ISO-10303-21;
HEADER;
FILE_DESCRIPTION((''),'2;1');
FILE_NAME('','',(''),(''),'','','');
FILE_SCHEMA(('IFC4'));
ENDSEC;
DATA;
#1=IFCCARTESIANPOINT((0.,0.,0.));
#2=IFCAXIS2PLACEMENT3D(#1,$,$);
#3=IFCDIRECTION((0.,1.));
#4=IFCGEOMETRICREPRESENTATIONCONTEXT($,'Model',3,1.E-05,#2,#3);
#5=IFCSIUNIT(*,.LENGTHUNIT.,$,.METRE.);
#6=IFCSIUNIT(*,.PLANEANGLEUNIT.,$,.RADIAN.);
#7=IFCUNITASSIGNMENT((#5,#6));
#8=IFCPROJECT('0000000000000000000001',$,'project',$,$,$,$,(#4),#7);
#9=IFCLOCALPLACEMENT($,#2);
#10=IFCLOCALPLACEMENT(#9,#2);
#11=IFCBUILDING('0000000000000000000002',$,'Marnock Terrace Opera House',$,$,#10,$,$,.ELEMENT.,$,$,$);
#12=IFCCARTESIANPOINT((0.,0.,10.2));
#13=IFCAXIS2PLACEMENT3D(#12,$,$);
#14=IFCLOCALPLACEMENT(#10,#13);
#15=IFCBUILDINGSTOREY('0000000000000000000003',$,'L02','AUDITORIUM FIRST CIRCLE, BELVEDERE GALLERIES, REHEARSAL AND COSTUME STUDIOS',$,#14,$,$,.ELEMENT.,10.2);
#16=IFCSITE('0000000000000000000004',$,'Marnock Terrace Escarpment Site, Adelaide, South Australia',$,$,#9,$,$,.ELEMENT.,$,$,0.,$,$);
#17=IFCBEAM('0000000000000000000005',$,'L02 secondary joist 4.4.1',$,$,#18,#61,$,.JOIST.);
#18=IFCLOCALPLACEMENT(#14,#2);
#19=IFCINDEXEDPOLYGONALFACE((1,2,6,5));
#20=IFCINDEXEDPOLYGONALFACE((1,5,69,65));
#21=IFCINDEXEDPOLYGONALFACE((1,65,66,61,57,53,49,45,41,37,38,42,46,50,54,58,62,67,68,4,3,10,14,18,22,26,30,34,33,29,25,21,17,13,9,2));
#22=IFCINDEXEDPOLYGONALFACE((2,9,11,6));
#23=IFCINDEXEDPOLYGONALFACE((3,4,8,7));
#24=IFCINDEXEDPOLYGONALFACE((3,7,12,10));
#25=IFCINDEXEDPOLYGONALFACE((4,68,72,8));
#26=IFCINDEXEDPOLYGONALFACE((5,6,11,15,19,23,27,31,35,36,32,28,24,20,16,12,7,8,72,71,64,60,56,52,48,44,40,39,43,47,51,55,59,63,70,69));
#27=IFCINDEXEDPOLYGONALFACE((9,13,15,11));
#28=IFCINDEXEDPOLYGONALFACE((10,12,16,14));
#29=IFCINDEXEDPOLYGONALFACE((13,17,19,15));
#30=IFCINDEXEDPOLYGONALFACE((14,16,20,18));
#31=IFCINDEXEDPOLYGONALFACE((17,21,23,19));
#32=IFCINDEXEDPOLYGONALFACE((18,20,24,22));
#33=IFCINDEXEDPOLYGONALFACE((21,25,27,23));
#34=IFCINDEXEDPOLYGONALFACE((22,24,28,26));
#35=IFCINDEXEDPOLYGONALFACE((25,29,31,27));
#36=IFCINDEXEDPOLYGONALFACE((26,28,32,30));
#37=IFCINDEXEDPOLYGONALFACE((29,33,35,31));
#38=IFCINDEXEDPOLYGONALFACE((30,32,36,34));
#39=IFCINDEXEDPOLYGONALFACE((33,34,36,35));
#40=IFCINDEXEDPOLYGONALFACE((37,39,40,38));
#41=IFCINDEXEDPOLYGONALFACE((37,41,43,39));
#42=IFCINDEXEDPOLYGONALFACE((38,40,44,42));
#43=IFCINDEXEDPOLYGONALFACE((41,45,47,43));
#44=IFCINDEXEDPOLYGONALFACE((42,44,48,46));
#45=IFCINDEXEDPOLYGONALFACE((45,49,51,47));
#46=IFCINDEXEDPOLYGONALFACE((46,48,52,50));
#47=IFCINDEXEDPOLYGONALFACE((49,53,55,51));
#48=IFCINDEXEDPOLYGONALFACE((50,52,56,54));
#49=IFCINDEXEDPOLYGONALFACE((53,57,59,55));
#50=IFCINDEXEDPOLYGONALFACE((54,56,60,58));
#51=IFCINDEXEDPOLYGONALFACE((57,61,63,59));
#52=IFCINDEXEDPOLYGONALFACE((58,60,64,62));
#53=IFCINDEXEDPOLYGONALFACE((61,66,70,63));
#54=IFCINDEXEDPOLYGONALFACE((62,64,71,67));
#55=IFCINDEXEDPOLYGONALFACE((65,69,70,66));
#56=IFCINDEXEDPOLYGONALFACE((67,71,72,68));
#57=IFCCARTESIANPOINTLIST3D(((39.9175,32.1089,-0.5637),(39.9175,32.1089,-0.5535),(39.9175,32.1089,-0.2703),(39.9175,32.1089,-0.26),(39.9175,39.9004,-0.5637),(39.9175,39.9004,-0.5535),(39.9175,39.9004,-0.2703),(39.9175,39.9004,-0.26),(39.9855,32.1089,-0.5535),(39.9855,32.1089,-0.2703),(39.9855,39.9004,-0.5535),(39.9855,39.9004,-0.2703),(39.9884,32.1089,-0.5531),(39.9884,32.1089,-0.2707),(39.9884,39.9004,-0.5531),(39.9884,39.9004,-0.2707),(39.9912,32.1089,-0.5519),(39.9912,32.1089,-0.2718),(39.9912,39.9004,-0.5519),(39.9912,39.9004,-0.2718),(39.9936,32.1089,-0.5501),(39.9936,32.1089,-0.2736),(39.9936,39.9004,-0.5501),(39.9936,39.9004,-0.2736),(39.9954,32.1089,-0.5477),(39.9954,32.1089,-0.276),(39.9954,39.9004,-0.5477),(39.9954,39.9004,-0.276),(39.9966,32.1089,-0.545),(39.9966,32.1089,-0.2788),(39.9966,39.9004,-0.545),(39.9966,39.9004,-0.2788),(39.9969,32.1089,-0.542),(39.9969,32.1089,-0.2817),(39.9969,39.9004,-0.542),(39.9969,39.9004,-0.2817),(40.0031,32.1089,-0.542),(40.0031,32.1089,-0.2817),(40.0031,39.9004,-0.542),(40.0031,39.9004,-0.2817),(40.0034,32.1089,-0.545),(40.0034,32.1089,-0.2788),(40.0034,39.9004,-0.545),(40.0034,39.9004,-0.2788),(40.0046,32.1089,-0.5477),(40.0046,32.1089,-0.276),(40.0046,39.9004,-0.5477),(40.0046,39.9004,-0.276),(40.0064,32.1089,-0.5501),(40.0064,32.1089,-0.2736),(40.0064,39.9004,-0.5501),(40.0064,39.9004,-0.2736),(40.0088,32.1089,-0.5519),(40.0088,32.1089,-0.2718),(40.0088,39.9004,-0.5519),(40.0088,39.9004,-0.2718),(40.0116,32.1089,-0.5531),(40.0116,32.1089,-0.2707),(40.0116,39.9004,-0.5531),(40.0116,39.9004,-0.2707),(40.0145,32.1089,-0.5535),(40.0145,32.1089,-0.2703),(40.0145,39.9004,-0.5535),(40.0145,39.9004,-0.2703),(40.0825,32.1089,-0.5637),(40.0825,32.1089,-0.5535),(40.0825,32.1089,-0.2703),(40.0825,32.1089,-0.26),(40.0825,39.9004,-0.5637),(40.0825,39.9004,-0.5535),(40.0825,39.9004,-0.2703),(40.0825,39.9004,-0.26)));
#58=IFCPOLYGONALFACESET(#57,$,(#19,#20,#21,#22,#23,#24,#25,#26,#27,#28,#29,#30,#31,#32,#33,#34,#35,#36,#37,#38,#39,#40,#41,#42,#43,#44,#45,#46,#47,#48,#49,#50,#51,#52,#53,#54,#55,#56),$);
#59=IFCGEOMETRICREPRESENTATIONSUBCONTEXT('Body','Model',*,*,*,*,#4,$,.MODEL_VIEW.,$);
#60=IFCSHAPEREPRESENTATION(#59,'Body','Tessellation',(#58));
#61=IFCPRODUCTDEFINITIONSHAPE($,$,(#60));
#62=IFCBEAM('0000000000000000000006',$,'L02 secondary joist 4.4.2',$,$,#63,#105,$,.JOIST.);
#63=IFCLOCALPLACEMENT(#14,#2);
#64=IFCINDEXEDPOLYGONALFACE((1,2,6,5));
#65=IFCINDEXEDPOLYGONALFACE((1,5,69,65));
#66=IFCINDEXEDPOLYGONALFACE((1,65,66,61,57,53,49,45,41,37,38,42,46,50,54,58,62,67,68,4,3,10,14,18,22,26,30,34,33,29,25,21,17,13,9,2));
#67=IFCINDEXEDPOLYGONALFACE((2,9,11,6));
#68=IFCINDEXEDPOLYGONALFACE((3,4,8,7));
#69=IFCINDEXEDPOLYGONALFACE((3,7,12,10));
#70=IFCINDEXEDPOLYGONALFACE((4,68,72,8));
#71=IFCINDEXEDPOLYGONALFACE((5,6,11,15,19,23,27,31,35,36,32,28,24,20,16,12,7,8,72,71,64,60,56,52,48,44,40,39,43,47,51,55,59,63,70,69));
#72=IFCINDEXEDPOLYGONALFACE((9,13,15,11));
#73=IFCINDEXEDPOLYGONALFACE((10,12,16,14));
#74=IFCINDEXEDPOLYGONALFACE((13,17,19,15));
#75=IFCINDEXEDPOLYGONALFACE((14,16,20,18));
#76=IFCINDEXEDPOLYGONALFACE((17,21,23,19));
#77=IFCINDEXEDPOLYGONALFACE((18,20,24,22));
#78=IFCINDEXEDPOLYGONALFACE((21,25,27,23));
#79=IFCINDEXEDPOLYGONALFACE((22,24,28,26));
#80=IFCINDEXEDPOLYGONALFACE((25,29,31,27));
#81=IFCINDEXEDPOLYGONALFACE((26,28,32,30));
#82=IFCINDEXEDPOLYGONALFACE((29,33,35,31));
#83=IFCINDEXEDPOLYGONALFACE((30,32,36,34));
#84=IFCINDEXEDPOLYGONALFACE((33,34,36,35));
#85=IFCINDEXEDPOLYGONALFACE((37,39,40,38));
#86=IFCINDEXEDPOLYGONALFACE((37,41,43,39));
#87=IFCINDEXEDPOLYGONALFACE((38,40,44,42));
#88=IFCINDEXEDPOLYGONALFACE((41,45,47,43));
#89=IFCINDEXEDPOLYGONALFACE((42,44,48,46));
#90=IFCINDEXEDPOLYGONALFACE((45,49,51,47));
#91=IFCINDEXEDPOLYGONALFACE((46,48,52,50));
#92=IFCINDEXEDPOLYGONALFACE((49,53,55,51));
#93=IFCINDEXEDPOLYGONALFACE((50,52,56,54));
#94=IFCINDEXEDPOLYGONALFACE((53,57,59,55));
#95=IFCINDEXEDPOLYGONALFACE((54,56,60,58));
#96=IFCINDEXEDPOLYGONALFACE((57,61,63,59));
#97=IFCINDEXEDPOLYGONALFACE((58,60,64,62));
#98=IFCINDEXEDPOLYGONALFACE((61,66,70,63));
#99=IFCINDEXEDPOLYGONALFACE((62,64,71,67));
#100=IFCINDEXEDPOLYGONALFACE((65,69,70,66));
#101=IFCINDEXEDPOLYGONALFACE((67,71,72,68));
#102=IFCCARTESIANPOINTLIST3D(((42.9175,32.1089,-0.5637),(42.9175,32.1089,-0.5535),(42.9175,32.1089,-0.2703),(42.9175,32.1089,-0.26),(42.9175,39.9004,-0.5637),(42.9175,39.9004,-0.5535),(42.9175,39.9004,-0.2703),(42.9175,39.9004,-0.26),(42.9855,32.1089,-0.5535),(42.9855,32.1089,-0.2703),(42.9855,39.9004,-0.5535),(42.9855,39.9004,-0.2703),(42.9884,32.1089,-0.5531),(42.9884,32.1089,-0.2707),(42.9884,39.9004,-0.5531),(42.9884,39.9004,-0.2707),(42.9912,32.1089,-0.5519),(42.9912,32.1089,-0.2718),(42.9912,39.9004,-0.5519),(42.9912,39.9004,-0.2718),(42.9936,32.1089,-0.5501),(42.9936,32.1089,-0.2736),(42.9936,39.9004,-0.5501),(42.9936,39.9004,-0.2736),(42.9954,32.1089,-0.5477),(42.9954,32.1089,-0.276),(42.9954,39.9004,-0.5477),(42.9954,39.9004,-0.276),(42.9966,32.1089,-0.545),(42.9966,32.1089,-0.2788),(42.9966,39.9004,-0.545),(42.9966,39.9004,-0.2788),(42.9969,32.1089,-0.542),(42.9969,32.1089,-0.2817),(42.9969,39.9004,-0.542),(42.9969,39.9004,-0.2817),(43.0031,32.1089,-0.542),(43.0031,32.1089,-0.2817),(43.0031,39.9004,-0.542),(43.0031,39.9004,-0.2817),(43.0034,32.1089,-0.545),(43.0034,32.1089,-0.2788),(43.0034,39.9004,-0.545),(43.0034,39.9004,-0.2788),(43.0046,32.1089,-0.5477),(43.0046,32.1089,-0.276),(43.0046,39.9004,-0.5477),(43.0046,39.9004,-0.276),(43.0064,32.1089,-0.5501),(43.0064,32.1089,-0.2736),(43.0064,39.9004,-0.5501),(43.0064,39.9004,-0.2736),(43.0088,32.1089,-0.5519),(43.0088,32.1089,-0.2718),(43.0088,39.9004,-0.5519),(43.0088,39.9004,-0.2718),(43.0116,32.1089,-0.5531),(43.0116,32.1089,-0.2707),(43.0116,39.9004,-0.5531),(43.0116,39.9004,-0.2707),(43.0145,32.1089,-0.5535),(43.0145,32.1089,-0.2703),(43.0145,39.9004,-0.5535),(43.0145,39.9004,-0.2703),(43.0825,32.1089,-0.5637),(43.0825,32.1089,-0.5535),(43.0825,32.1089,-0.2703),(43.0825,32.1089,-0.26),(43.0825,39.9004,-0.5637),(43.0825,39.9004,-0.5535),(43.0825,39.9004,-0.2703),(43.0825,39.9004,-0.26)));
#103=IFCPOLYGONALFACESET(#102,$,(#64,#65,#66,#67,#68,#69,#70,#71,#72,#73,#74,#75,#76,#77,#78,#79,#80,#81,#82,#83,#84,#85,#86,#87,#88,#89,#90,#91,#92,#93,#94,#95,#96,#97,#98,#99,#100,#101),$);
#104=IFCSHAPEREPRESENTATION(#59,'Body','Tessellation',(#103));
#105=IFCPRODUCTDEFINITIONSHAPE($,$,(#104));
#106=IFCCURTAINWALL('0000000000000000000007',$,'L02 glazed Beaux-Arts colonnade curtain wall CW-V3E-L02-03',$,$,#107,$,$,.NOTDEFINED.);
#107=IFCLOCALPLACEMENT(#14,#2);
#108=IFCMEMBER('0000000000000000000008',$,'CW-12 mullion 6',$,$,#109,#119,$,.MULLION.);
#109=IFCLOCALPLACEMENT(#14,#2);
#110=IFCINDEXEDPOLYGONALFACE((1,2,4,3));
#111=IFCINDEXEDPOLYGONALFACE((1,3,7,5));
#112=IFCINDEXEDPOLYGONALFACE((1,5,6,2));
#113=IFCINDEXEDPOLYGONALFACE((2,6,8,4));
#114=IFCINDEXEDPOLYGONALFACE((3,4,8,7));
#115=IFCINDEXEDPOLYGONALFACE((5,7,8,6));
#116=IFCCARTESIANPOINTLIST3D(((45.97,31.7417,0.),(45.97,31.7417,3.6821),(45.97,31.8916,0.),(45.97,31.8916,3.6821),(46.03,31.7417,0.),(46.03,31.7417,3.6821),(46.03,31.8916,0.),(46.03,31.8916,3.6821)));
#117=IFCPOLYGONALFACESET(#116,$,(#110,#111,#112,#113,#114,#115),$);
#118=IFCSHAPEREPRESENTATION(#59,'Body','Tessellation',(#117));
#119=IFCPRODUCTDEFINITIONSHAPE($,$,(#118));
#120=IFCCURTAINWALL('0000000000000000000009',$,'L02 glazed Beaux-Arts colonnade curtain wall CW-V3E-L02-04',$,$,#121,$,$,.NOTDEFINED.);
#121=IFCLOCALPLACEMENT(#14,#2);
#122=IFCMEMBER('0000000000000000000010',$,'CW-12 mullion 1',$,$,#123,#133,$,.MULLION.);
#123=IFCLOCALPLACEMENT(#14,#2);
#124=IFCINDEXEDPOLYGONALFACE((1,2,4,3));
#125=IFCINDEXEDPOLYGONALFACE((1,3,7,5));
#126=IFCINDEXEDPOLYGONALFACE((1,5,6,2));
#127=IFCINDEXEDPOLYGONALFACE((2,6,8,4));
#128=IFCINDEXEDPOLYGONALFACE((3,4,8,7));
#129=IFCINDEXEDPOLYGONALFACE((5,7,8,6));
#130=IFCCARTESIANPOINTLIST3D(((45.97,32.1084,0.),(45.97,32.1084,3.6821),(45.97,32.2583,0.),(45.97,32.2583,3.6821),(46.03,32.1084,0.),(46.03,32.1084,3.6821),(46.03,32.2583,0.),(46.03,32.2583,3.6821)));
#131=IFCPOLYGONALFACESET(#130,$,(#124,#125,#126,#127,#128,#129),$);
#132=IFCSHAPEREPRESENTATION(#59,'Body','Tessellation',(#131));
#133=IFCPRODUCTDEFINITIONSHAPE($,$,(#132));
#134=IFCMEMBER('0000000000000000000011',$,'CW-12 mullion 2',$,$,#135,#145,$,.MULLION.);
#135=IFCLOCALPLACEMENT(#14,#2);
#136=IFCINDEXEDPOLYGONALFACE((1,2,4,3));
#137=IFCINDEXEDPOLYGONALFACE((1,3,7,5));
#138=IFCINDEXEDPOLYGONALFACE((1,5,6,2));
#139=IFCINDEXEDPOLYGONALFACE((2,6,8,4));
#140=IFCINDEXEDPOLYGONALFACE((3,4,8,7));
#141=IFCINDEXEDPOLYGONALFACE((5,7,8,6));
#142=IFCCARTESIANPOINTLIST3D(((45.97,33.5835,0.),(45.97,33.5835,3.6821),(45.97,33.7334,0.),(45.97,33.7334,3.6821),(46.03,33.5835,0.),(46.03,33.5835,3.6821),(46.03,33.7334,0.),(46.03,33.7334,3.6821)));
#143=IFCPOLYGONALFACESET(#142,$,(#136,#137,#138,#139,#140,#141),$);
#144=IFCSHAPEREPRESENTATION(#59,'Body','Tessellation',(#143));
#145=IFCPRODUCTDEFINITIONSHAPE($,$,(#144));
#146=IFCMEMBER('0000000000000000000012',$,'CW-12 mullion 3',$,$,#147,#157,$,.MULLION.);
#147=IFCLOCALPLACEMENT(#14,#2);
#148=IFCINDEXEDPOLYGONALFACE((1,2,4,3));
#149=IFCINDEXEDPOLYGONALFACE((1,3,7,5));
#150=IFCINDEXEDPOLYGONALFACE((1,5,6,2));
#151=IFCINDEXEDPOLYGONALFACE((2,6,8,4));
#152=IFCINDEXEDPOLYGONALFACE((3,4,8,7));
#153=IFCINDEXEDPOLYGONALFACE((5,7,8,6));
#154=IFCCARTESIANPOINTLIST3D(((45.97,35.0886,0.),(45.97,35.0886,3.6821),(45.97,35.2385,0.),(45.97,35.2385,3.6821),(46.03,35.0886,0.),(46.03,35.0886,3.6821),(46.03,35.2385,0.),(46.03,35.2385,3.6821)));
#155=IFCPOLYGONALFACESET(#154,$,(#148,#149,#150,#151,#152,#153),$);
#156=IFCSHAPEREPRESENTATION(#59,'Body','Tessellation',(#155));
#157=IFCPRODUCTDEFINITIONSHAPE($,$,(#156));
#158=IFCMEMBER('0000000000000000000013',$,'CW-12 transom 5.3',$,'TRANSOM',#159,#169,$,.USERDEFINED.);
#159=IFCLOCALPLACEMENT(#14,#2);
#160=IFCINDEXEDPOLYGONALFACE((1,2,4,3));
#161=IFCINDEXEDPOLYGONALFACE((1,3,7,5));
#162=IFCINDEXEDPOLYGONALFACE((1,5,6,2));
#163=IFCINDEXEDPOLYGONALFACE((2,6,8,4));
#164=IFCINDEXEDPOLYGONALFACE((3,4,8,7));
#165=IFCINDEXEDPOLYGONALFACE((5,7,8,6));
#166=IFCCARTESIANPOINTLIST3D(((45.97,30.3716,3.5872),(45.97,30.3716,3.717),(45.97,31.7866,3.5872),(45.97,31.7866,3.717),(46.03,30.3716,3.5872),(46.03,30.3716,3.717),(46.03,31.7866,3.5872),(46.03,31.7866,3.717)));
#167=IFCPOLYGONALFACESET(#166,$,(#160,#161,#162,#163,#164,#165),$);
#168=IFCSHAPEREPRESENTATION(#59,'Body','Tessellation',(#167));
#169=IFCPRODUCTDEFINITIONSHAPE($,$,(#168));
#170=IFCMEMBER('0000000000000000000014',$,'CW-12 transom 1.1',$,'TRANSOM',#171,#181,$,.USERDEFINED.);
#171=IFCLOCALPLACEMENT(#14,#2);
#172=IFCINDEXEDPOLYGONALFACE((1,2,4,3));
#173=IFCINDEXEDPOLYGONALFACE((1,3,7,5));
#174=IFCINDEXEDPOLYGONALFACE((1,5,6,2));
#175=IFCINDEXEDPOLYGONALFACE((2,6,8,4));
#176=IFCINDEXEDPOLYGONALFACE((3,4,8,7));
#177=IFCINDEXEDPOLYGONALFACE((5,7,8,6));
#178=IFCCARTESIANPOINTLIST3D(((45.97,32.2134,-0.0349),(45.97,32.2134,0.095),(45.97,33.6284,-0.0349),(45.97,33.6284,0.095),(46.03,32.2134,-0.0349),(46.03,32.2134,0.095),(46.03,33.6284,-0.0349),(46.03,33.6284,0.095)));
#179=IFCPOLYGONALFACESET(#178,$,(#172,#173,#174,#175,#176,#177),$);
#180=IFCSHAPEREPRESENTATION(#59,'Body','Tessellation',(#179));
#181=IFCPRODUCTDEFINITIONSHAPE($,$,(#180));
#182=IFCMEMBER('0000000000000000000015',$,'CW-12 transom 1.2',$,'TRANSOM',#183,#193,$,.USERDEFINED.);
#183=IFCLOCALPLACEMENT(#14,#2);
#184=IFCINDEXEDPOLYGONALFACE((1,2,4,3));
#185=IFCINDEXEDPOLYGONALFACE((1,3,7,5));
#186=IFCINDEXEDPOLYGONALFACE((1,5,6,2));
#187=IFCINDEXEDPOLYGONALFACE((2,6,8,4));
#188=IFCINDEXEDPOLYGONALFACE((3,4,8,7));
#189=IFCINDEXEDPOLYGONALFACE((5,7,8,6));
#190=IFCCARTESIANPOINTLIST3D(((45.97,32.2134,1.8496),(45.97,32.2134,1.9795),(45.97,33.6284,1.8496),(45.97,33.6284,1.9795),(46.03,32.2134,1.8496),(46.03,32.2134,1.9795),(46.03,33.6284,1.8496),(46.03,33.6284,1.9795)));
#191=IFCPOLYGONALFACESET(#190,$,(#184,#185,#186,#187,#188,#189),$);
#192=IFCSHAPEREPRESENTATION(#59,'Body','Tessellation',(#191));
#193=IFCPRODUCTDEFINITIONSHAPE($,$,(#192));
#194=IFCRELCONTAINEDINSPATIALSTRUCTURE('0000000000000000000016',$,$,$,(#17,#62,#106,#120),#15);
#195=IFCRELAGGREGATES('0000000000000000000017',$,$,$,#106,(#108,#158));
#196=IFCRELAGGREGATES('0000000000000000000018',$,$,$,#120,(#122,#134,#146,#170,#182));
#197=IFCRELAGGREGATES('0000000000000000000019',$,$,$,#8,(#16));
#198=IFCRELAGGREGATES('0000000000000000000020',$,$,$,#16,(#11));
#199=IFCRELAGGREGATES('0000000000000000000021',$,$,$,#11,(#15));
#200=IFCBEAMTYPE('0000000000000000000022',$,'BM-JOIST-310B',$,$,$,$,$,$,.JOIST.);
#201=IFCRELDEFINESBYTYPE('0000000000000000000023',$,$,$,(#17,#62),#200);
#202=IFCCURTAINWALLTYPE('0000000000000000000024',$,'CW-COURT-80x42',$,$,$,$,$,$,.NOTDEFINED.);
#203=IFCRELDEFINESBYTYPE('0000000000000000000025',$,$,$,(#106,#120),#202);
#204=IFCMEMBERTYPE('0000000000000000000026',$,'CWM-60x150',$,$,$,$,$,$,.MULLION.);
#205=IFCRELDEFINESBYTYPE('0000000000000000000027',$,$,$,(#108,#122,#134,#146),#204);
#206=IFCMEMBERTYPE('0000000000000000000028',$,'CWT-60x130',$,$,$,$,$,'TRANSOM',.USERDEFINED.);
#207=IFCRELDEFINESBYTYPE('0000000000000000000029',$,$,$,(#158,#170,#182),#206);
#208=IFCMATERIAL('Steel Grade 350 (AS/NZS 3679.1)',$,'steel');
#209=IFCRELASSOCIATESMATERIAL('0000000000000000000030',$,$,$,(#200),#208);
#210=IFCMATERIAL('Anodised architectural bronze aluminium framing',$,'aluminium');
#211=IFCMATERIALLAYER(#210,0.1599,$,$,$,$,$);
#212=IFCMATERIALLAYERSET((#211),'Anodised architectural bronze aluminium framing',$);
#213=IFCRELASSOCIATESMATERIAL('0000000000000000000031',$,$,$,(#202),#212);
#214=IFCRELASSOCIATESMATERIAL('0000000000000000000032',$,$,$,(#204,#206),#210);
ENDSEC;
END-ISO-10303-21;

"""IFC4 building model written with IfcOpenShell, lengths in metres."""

from ifc_helpers import new_model, si_unit, direction, frame, origin, origin_2d, place, context, subcontext, project, spatial, rectangle, i_section, extrude, material, layer, layer_set, material_profile, profile_set, type_object, element, aggregate, save


model = new_model("IFC4")

# Units and contexts
model_context = context("Model", 3, precision=1e-05, world=origin(), true_north=direction((0.0, 1.0)))
body_context = subcontext(model_context, "Body", "Model", "MODEL_VIEW")
ifc_project = project(units=[si_unit("LENGTHUNIT", "METRE"), si_unit("PLANEANGLEUNIT", "RADIAN")], contexts=[model_context])

# Site, building, storey
site_placement = place(None, origin())
site = spatial("IfcSite", under=ifc_project, at=site_placement, Name="Marnock Terrace Escarpment Site, Adelaide, South Australia", CompositionType="ELEMENT", RefElevation=0.0)
building_placement = place(site_placement, origin())
building = spatial("IfcBuilding", under=site, at=building_placement, Name="Marnock Terrace Opera House", CompositionType="ELEMENT")
storey_placement = place(building_placement, frame((0.0, 0.0, 10.2)))
storey = spatial("IfcBuildingStorey", under=building, at=storey_placement, Name="L02", Description="AUDITORIUM FIRST CIRCLE, BELVEDERE GALLERIES, REHEARSAL AND COSTUME STUDIOS", CompositionType="ELEMENT", Elevation=10.2)

# Shared definitions
ifc_material_1 = material(Name="Steel Grade 350 (AS/NZS 3679.1)", Category="steel")

# Beams
ifc_material_profile_1 = material_profile(ifc_material_1, i_section(OverallWidth=0.165, OverallDepth=0.3037, WebThickness=0.0061, FlangeThickness=0.0103, FilletRadius=0.0115, at=origin_2d()))
ifc_profile_set_1 = profile_set([ifc_material_profile_1], Name="Steel Grade 350 (AS/NZS 3679.1)")
beam_type_1 = type_object("IfcBeamType", Name="BM-JOIST-310B", PredefinedType="JOIST", material=ifc_profile_set_1)
for number, where, z_axis, x_axis, name in (
    (1, (40.0, 32.1089, -0.4119), (0.0, 1.0, 0.0), (-1.0, 0.0, 0.0), "L02 secondary joist 4.4.1"),
    (2, (43.0, 32.1089, -0.4119), (0.0, 1.0, 0.0), (-1.0, 0.0, 0.0), "L02 secondary joist 4.4.2"),
):
    element("IfcBeam", number, at=place(storey_placement, frame(where, z_axis=z_axis, x_axis=x_axis)), inside=storey, type_object=beam_type_1, Name=name, PredefinedType="JOIST", context=body_context, shape_type="SweptSolid", body=[
        extrude(i_section(OverallWidth=0.165, OverallDepth=0.3037, WebThickness=0.0061, FlangeThickness=0.0103, FilletRadius=0.0115, at=origin_2d()), origin(), (0.0, 0.0, 1.0), 7.7915),
    ])

# Curtain wall, member
ifc_material_2 = material(Name="Anodised architectural bronze aluminium framing", Category="aluminium")
ifc_layer_1 = layer(ifc_material_2, 0.1599)
ifc_layer_set_1 = layer_set([ifc_layer_1], Name="Anodised architectural bronze aluminium framing")
curtain_wall_type = type_object("IfcCurtainWallType", Name="CW-COURT-80x42", PredefinedType="NOTDEFINED", material=ifc_layer_set_1)
curtain_wall_1_placement = place(storey_placement, origin())
curtain_wall_1 = element("IfcCurtainWall", 3, at=curtain_wall_1_placement, inside=storey, type_object=curtain_wall_type, Name="L02 glazed Beaux-Arts colonnade curtain wall CW-V3E-L02-03", PredefinedType="NOTDEFINED")
ifc_material_profile_2 = material_profile(ifc_material_2, rectangle(XDim=0.0601, YDim=0.1499, at=origin_2d()))
ifc_profile_set_2 = profile_set([ifc_material_profile_2], Name="Anodised architectural bronze aluminium framing")
member_type_1 = type_object("IfcMemberType", Name="CWM-60x150", PredefinedType="MULLION", material=ifc_profile_set_2)
member_1_placement = place(storey_placement, frame((46.0, 31.8167, 0.0), z_axis=(0.0, 0.0, 1.0), x_axis=(-1.0, 0.0, 0.0)))
member_1 = element("IfcMember", 4, at=member_1_placement, type_object=member_type_1, Name="CW-12 mullion 6", PredefinedType="MULLION", context=body_context, shape_type="SweptSolid", body=[
    extrude(rectangle(XDim=0.0601, YDim=0.1499, at=origin_2d()), origin(), (0.0, 0.0, 1.0), 3.6821),
])

# Curtain wall, members
curtain_wall_2_placement = place(storey_placement, origin())
curtain_wall_2 = element("IfcCurtainWall", 5, at=curtain_wall_2_placement, inside=storey, type_object=curtain_wall_type, Name="L02 glazed Beaux-Arts colonnade curtain wall CW-V3E-L02-04", PredefinedType="NOTDEFINED")
member_2_placement = place(storey_placement, frame((46.0, 32.1833, 0.0), z_axis=(0.0, 0.0, 1.0), x_axis=(-1.0, 0.0, 0.0)))
member_2 = element("IfcMember", 6, at=member_2_placement, type_object=member_type_1, Name="CW-12 mullion 1", PredefinedType="MULLION", context=body_context, shape_type="SweptSolid", body=[
    extrude(rectangle(XDim=0.0601, YDim=0.1499, at=origin_2d()), origin(), (0.0, 0.0, 1.0), 3.6821),
])
member_3_placement = place(storey_placement, frame((46.0, 33.6584, 0.0), z_axis=(0.0, 0.0, 1.0), x_axis=(-1.0, 0.0, 0.0)))
member_3 = element("IfcMember", 7, at=member_3_placement, type_object=member_type_1, Name="CW-12 mullion 2", PredefinedType="MULLION", context=body_context, shape_type="SweptSolid", body=[
    extrude(rectangle(XDim=0.0601, YDim=0.1499, at=origin_2d()), origin(), (0.0, 0.0, 1.0), 3.6821),
])
member_4_placement = place(storey_placement, frame((46.0, 35.1636, 0.0), z_axis=(0.0, 0.0, 1.0), x_axis=(-1.0, 0.0, 0.0)))
member_4 = element("IfcMember", 8, at=member_4_placement, type_object=member_type_1, Name="CW-12 mullion 3", PredefinedType="MULLION", context=body_context, shape_type="SweptSolid", body=[
    extrude(rectangle(XDim=0.0601, YDim=0.1499, at=origin_2d()), origin(), (0.0, 0.0, 1.0), 3.6821),
])

# Members
ifc_material_profile_3 = material_profile(ifc_material_2, rectangle(XDim=0.0601, YDim=0.1299, at=origin_2d()))
ifc_profile_set_3 = profile_set([ifc_material_profile_3], Name="Anodised architectural bronze aluminium framing")
member_type_2 = type_object("IfcMemberType", Name="CWT-60x130", ElementType="TRANSOM", PredefinedType="USERDEFINED", material=ifc_profile_set_3)
member_5_placement = place(storey_placement, frame((46.0, 30.3716, 3.6521), z_axis=(0.0, 1.0, 0.0), x_axis=(-1.0, 0.0, 0.0)))
member_5 = element("IfcMember", 9, at=member_5_placement, type_object=member_type_2, Name="CW-12 transom 5.3", ObjectType="TRANSOM", PredefinedType="USERDEFINED", context=body_context, shape_type="SweptSolid", body=[
    extrude(rectangle(XDim=0.0601, YDim=0.1299, at=origin_2d()), origin(), (0.0, 0.0, 1.0), 1.415),
])
member_6_placement = place(storey_placement, frame((46.0, 32.2134, 0.03), z_axis=(0.0, 1.0, 0.0), x_axis=(-1.0, 0.0, 0.0)))
member_6 = element("IfcMember", 10, at=member_6_placement, type_object=member_type_2, Name="CW-12 transom 1.1", ObjectType="TRANSOM", PredefinedType="USERDEFINED", context=body_context, shape_type="SweptSolid", body=[
    extrude(rectangle(XDim=0.0601, YDim=0.1299, at=origin_2d()), origin(), (0.0, 0.0, 1.0), 1.415),
])
member_7_placement = place(storey_placement, frame((46.0, 32.2134, 1.9146), z_axis=(0.0, 1.0, 0.0), x_axis=(-1.0, 0.0, 0.0)))
member_7 = element("IfcMember", 11, at=member_7_placement, type_object=member_type_2, Name="CW-12 transom 1.2", ObjectType="TRANSOM", PredefinedType="USERDEFINED", context=body_context, shape_type="SweptSolid", body=[
    extrude(rectangle(XDim=0.0601, YDim=0.1299, at=origin_2d()), origin(), (0.0, 0.0, 1.0), 1.415),
])

aggregate(curtain_wall_1, [member_1, member_5])
aggregate(curtain_wall_2, [member_2, member_3, member_4, member_6, member_7])

save(model, "model.ifc")
